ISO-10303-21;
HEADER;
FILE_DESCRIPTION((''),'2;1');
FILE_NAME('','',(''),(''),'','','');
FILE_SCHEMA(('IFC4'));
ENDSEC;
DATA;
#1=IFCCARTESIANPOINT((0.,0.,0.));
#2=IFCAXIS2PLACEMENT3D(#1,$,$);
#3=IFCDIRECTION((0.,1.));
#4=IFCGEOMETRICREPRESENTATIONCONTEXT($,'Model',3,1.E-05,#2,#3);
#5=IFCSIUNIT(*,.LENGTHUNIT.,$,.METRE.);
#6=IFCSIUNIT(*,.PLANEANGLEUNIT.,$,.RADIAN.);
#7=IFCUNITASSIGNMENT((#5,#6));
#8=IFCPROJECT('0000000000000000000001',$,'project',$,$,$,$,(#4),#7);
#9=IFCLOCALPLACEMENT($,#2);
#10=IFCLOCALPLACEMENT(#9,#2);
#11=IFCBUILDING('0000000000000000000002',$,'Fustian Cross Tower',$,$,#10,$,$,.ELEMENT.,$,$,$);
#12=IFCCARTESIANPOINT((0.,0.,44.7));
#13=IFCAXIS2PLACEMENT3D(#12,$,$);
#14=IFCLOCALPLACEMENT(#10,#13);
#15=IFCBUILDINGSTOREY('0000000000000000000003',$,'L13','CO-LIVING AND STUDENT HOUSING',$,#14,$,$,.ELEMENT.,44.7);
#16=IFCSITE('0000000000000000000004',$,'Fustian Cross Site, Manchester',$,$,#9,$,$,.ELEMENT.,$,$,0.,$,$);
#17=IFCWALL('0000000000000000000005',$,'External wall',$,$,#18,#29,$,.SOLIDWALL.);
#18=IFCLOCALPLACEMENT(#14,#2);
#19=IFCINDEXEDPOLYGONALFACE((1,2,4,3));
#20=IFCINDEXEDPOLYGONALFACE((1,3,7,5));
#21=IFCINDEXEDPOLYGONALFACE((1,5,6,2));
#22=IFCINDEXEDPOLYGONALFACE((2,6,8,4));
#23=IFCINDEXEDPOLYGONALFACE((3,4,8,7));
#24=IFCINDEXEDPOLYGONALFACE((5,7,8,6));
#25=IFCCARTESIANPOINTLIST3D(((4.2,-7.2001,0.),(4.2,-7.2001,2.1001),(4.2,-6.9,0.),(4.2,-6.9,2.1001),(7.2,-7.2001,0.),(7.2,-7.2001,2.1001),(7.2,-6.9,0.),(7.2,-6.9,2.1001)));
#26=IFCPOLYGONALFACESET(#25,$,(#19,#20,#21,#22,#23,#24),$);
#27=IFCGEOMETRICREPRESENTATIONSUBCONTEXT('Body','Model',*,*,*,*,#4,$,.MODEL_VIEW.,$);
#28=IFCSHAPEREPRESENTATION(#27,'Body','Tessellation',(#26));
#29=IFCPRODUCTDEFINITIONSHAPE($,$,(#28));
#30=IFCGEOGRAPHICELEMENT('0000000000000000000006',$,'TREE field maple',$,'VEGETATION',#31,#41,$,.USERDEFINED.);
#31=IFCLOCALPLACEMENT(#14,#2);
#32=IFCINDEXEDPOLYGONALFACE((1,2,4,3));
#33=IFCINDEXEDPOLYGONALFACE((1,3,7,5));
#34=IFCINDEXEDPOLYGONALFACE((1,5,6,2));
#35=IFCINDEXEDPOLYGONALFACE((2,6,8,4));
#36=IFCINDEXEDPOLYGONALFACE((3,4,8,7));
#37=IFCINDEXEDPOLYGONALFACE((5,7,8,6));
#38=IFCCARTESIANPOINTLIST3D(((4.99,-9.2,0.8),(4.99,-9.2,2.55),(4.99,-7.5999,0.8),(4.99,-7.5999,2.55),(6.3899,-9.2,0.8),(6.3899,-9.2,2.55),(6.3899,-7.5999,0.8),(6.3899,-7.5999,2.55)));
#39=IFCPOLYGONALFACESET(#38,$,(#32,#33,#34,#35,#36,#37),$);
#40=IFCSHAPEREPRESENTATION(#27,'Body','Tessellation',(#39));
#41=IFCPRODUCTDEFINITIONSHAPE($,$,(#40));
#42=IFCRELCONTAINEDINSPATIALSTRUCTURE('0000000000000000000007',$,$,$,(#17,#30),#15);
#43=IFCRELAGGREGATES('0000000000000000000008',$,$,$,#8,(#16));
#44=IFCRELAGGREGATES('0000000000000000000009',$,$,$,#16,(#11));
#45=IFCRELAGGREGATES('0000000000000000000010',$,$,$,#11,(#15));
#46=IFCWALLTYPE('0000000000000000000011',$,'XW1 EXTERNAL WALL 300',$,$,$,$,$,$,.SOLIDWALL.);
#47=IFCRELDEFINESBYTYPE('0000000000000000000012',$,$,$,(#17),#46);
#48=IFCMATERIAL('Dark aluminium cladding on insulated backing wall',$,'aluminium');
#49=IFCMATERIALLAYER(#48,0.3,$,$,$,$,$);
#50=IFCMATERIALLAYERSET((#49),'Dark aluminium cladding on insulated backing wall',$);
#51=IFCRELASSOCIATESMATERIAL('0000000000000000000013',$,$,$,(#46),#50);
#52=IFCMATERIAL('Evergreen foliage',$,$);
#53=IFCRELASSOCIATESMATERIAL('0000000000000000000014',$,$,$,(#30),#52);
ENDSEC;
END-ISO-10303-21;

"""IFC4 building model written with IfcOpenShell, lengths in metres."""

from ifc_helpers import new_model, si_unit, direction, frame, frame_2d, origin, origin_2d, place, context, subcontext, project, spatial, rectangle, extrude, material, layer, layer_set, type_object, element, save


model = new_model("IFC4")

# Units and contexts
model_context = context("Model", 3, precision=1e-05, world=origin(), true_north=direction((0.0, 1.0)))
body_context = subcontext(model_context, "Body", "Model", "MODEL_VIEW")
ifc_project = project(units=[si_unit("LENGTHUNIT", "METRE"), si_unit("PLANEANGLEUNIT", "RADIAN")], contexts=[model_context])

# Site, building, storey
site_placement = place(None, origin())
site = spatial("IfcSite", under=ifc_project, at=site_placement, Name="Fustian Cross Site, Manchester", CompositionType="ELEMENT", RefElevation=0.0)
building_placement = place(site_placement, origin())
building = spatial("IfcBuilding", under=site, at=building_placement, Name="Fustian Cross Tower", CompositionType="ELEMENT")
storey_placement = place(building_placement, frame((0.0, 0.0, 44.7)))
storey = spatial("IfcBuildingStorey", under=building, at=storey_placement, Name="L13", Description="CO-LIVING AND STUDENT HOUSING", CompositionType="ELEMENT", Elevation=44.7)

# Wall
ifc_material_1 = material(Name="Dark aluminium cladding on insulated backing wall", Category="aluminium")
ifc_layer_1 = layer(ifc_material_1, 0.3)
ifc_layer_set_1 = layer_set([ifc_layer_1], Name="Dark aluminium cladding on insulated backing wall")
wall_type_1 = type_object("IfcWallType", Name="XW1 EXTERNAL WALL 300", PredefinedType="SOLIDWALL", material=ifc_layer_set_1)
wall_1_placement = place(storey_placement, frame((4.2, -7.05, 0.0), z_axis=(0.0, 0.0, 1.0), x_axis=(1.0, 0.0, 0.0)))
element("IfcWall", 1, at=wall_1_placement, inside=storey, type_object=wall_type_1, Name="External wall", PredefinedType="SOLIDWALL", context=body_context, shape_type="SweptSolid", body=[
    extrude(rectangle(XDim=3.0, YDim=0.3, at=frame_2d((1.5, 0.0))), origin(), (0.0, 0.0, 1.0), 2.1001),
])

# Geographic element
ifc_material_2 = material(Name="Evergreen foliage")
geographic_element_placement = place(storey_placement, frame((5.6899, -8.3999, 0.8), z_axis=(0.0, 0.0, 1.0), x_axis=(1.0, 0.0, 0.0)))
element("IfcGeographicElement", 2, at=geographic_element_placement, inside=storey, material=ifc_material_2, Name="TREE field maple", ObjectType="VEGETATION", PredefinedType="USERDEFINED", context=body_context, shape_type="SweptSolid", body=[
    extrude(rectangle(XDim=1.3999, YDim=1.6001, at=origin_2d()), origin(), (0.0, 0.0, 1.0), 1.75),
])

save(model, "model.ifc")
